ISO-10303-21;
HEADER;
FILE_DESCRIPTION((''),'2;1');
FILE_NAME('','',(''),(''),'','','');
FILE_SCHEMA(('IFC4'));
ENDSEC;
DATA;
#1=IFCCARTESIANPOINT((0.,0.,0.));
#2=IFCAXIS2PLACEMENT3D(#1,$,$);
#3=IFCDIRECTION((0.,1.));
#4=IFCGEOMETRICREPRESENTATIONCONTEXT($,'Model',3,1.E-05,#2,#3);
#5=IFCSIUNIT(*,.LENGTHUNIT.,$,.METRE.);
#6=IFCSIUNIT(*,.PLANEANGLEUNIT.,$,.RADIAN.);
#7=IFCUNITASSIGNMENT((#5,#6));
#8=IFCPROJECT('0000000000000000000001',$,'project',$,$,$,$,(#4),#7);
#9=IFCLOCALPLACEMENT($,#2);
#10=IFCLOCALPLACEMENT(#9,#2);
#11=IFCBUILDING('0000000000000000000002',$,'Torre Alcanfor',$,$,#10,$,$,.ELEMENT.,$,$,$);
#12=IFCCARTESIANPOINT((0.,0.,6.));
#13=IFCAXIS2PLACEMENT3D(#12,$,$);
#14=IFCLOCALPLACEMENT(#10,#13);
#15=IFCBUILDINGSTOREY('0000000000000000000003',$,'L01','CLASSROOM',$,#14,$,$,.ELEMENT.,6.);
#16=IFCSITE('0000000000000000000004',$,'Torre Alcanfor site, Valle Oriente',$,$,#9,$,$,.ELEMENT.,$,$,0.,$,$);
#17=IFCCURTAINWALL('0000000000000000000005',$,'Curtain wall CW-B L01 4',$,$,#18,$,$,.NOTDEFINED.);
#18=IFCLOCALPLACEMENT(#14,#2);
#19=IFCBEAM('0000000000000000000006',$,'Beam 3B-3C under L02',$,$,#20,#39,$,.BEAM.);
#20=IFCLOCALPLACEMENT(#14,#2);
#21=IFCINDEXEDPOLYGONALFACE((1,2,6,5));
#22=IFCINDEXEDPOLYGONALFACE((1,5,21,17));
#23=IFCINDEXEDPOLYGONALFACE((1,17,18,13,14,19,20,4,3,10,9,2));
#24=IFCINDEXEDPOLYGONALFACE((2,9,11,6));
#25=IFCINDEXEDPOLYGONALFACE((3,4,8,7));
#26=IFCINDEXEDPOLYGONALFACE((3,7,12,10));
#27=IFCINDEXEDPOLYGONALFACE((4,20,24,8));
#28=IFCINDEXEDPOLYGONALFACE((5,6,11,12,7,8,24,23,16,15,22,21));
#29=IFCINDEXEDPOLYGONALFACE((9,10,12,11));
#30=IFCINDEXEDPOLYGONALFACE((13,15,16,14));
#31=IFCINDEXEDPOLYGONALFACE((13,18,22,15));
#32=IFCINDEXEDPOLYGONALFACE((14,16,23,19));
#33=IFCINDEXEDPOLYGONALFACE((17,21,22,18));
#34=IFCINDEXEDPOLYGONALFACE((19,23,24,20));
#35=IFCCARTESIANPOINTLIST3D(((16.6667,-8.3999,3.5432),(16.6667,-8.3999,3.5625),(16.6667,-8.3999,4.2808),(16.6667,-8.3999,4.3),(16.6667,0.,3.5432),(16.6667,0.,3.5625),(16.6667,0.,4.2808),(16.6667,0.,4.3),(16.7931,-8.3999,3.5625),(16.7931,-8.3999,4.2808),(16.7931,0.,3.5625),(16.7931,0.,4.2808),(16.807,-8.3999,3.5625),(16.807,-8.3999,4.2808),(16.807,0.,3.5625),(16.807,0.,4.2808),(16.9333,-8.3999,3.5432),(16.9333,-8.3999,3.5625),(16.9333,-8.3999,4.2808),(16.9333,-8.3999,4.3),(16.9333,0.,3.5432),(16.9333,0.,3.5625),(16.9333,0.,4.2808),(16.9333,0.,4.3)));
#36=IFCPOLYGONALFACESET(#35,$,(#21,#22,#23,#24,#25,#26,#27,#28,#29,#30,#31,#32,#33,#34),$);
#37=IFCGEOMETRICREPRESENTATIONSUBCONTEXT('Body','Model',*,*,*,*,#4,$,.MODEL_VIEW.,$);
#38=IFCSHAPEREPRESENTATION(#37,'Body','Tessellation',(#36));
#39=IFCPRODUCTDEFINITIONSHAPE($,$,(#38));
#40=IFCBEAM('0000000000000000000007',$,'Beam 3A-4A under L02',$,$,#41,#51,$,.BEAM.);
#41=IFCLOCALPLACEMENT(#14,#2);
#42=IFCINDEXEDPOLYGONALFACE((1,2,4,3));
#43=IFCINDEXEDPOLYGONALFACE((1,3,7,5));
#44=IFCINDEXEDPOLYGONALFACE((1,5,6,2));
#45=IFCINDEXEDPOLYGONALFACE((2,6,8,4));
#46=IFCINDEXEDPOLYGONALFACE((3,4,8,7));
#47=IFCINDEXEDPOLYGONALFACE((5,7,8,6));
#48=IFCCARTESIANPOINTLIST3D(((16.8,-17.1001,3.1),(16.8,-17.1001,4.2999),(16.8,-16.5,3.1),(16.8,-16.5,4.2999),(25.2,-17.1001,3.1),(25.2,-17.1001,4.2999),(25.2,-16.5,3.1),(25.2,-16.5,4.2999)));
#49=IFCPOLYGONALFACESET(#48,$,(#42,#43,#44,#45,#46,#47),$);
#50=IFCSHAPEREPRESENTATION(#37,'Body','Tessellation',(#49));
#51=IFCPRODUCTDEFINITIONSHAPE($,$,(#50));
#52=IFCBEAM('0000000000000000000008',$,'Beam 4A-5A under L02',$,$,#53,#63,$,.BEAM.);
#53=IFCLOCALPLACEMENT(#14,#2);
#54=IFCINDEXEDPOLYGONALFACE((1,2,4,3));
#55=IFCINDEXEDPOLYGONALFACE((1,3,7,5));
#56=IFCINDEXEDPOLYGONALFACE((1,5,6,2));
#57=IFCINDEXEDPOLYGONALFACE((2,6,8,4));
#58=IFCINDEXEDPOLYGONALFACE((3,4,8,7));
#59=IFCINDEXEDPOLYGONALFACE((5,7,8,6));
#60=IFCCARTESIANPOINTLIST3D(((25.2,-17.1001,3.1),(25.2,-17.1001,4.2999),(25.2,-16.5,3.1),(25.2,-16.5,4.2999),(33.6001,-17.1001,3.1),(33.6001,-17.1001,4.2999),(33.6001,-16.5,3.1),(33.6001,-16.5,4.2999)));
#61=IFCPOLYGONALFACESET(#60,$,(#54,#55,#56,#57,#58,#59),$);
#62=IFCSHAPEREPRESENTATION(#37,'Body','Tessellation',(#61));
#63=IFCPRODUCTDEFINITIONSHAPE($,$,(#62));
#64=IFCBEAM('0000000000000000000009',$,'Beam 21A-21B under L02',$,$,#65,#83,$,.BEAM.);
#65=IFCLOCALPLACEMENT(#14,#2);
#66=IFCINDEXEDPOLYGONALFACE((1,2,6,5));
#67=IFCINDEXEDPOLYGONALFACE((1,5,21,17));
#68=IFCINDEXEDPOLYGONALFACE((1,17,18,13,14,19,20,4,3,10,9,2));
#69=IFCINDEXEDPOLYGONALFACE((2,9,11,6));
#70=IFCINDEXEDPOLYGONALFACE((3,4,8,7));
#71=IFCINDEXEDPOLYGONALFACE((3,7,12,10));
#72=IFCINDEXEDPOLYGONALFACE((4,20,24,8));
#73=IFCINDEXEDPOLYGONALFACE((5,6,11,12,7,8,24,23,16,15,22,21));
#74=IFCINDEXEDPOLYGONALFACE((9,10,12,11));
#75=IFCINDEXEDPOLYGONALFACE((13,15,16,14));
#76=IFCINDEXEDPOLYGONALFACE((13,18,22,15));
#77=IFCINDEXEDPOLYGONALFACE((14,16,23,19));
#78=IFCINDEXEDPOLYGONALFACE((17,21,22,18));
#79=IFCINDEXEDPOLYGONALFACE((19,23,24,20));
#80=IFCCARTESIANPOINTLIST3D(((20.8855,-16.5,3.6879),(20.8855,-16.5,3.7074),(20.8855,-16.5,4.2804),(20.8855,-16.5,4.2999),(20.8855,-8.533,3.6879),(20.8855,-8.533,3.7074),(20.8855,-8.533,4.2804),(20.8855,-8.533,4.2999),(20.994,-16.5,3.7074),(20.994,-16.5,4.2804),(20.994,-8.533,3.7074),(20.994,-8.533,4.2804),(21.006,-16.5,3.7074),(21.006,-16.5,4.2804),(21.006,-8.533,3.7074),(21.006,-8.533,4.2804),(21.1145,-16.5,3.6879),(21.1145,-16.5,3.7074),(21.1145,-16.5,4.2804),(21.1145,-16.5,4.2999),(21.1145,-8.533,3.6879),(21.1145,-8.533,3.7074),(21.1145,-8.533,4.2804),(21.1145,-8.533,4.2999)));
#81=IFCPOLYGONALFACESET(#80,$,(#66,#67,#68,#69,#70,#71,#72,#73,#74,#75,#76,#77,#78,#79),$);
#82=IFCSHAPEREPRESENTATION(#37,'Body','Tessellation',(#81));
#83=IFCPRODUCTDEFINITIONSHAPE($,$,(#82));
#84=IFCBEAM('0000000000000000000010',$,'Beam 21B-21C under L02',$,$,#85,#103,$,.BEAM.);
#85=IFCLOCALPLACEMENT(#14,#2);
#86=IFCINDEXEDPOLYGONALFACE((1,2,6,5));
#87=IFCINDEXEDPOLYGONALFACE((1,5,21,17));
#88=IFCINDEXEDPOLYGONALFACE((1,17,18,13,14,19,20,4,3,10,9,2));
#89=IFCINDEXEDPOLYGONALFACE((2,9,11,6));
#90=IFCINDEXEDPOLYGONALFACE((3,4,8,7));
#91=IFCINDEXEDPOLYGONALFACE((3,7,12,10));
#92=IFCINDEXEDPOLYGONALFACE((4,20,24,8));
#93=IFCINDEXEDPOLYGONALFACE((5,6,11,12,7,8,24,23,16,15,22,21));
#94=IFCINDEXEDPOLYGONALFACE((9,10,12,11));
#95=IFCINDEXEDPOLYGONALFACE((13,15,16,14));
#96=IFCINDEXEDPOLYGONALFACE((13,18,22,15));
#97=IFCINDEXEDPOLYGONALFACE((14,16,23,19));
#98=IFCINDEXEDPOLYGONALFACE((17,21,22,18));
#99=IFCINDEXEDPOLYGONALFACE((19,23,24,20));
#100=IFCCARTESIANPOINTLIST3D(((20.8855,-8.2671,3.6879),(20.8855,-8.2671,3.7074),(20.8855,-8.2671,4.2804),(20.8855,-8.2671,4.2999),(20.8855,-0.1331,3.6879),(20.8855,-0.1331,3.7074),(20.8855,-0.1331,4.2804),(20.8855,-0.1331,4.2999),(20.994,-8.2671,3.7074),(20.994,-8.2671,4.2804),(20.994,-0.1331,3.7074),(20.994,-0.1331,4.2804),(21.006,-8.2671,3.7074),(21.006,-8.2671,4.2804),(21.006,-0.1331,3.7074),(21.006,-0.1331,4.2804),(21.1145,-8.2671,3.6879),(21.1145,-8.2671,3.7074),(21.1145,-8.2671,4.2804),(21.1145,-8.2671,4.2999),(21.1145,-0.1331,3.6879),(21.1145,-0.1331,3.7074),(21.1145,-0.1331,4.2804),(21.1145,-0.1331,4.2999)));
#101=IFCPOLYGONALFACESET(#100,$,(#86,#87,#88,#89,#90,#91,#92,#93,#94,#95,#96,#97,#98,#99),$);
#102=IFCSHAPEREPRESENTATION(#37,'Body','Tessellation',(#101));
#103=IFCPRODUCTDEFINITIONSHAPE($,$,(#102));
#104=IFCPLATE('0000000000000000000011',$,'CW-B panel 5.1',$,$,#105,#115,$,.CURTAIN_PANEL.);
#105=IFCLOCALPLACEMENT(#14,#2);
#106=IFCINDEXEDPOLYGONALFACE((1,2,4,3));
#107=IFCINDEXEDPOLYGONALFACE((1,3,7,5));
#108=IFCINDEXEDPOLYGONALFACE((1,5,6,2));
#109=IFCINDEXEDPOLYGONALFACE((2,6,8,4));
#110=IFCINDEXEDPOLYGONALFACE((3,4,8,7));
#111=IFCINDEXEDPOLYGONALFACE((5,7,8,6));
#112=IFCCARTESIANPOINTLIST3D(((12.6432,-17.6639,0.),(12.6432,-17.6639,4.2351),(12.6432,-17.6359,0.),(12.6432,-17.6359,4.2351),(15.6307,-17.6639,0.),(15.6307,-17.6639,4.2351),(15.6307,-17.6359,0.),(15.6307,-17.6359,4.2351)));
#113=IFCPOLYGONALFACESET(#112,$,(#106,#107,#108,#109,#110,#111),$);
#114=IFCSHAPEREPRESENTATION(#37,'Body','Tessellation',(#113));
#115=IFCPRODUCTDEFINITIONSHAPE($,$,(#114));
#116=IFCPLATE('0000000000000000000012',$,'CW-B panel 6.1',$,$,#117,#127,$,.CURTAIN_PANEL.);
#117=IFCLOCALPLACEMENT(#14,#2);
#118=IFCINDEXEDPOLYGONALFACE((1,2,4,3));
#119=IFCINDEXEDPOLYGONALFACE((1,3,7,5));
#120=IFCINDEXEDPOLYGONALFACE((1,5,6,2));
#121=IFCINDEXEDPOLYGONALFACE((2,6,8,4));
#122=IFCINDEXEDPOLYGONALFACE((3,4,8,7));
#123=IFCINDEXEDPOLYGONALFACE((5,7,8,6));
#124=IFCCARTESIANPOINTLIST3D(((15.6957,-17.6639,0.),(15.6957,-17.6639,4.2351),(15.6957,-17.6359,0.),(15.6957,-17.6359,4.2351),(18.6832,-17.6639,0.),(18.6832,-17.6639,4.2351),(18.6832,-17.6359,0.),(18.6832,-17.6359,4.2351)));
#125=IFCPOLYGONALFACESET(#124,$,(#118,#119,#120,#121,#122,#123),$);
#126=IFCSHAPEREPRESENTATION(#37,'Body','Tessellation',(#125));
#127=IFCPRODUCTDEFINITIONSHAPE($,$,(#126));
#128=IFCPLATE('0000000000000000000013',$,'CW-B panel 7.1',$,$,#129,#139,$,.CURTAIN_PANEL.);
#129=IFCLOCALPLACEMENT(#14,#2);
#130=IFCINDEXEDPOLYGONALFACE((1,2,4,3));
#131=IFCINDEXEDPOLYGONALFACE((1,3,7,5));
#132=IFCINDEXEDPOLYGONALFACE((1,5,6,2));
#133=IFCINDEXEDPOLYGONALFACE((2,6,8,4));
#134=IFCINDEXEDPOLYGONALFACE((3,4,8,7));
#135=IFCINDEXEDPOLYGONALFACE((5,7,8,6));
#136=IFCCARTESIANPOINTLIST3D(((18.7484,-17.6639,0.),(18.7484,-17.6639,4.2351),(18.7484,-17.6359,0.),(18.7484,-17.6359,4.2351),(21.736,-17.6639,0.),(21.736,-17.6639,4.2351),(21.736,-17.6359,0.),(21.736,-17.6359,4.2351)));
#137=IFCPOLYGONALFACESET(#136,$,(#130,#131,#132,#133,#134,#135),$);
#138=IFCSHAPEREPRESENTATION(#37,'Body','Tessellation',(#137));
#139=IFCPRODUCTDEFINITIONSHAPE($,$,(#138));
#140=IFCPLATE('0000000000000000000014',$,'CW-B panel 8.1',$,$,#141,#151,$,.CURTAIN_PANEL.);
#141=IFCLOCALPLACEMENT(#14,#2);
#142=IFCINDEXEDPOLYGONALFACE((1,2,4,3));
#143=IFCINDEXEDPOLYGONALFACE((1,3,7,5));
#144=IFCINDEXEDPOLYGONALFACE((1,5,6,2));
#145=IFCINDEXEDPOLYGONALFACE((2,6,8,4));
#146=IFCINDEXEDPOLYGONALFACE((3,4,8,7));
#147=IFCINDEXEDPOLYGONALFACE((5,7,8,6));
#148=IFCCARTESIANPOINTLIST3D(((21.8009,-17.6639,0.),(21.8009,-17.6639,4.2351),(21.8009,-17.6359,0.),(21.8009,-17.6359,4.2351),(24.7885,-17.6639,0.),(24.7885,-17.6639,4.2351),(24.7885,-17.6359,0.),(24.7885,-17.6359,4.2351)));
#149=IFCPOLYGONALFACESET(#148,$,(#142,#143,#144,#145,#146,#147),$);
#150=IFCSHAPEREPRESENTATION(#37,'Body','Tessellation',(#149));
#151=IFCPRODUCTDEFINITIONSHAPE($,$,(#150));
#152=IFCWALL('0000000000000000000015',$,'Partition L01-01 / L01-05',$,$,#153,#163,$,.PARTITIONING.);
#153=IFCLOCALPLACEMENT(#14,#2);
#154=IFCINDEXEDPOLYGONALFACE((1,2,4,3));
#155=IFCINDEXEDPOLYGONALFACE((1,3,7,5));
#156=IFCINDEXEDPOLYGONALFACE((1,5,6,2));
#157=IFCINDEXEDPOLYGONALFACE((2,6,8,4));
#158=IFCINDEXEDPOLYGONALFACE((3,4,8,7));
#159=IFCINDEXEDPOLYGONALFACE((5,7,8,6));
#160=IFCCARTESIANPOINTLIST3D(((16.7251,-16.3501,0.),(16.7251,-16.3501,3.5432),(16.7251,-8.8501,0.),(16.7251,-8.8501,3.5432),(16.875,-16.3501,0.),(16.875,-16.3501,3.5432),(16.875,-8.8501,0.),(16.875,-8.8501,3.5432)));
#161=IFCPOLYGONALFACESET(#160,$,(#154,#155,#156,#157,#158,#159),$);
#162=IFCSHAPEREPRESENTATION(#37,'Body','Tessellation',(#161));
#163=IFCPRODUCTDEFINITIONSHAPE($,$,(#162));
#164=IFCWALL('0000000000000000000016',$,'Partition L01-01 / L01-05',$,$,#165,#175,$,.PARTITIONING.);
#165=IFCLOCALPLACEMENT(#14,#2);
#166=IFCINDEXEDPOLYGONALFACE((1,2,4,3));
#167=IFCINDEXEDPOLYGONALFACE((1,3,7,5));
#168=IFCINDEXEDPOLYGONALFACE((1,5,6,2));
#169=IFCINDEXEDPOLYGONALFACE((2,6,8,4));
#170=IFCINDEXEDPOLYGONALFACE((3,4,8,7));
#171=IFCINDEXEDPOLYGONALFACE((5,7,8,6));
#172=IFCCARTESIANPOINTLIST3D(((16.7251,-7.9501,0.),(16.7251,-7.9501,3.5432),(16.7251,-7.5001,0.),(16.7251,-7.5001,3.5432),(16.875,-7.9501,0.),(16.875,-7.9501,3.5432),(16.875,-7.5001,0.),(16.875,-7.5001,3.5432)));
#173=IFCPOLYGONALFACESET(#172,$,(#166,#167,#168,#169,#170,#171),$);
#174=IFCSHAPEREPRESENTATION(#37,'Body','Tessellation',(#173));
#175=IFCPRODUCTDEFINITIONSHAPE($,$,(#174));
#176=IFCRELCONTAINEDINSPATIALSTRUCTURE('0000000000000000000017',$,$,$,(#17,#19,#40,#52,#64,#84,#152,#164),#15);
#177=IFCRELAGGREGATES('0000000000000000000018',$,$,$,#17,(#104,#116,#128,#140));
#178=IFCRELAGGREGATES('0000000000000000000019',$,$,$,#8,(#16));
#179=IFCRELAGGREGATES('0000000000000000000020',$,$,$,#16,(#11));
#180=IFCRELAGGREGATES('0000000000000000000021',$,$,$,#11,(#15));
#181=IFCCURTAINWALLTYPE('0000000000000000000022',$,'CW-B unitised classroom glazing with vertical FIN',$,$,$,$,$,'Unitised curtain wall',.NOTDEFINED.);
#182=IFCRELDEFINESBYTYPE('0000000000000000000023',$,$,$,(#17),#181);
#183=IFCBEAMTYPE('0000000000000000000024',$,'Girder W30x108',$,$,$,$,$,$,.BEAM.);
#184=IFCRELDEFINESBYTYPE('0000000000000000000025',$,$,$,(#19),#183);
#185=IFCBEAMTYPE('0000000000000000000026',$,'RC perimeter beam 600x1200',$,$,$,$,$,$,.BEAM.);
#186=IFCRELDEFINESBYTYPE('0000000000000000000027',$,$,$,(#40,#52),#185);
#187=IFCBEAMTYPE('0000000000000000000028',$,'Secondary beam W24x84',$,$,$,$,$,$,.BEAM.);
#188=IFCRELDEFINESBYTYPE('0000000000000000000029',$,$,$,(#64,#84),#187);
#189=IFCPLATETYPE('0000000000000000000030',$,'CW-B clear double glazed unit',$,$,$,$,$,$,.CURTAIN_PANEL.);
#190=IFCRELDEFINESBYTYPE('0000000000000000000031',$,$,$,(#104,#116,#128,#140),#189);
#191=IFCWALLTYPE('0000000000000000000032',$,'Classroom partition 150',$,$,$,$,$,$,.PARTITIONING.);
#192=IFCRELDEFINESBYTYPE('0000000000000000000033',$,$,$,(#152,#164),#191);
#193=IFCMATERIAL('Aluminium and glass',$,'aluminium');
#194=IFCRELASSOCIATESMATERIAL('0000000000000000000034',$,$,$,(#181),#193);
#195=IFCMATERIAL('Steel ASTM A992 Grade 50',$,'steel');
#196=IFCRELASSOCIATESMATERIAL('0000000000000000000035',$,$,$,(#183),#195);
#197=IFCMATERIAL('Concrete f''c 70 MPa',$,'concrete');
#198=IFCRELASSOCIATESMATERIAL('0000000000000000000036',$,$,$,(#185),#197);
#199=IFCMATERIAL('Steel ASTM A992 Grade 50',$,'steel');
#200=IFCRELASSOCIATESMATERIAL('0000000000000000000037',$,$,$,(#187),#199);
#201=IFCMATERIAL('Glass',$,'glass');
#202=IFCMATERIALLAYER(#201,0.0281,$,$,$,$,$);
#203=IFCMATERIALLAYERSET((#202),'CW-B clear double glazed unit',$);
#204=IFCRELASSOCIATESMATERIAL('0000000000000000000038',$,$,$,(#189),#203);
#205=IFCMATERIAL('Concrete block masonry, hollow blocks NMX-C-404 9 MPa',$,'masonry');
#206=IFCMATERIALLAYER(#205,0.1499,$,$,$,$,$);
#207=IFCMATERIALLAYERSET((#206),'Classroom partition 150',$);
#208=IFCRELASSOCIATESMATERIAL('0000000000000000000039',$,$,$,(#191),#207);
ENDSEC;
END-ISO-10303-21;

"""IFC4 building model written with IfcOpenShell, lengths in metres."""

from ifc_helpers import new_model, si_unit, direction, frame, frame_2d, origin, origin_2d, place, context, subcontext, project, spatial, rectangle, i_section, extrude, material, layer, layer_set, material_profile, profile_set, type_object, element, aggregate, save


model = new_model("IFC4")

# Units and contexts
model_context = context("Model", 3, precision=1e-05, world=origin(), true_north=direction((0.0, 1.0)))
body_context = subcontext(model_context, "Body", "Model", "MODEL_VIEW")
ifc_project = project(units=[si_unit("LENGTHUNIT", "METRE"), si_unit("PLANEANGLEUNIT", "RADIAN")], contexts=[model_context])

# Site, building, storey
site_placement = place(None, origin())
site = spatial("IfcSite", under=ifc_project, at=site_placement, Name="Torre Alcanfor site, Valle Oriente", CompositionType="ELEMENT", RefElevation=0.0)
building_placement = place(site_placement, origin())
building = spatial("IfcBuilding", under=site, at=building_placement, Name="Torre Alcanfor", CompositionType="ELEMENT")
storey_placement = place(building_placement, frame((0.0, 0.0, 6.0)))
storey = spatial("IfcBuildingStorey", under=building, at=storey_placement, Name="L01", Description="CLASSROOM", CompositionType="ELEMENT", Elevation=6.0)

# Curtain wall
ifc_material_1 = material(Name="Aluminium and glass", Category="aluminium")
curtain_wall_type = type_object("IfcCurtainWallType", Name="CW-B unitised classroom glazing with vertical FIN", ElementType="Unitised curtain wall", PredefinedType="NOTDEFINED", material=ifc_material_1)
curtain_wall_placement = place(storey_placement, origin())
curtain_wall = element("IfcCurtainWall", 1, at=curtain_wall_placement, inside=storey, type_object=curtain_wall_type, Name="Curtain wall CW-B L01 4", PredefinedType="NOTDEFINED")

# Beams
ifc_material_2 = material(Name="Steel ASTM A992 Grade 50", Category="steel")
ifc_material_profile_1 = material_profile(ifc_material_2, i_section(OverallWidth=0.2666, OverallDepth=0.7568, WebThickness=0.0139, FlangeThickness=0.0193, at=origin_2d()), Name="W30x108")
ifc_profile_set_1 = profile_set([ifc_material_profile_1], Name="Steel ASTM A992 Grade 50")
beam_type_1 = type_object("IfcBeamType", Name="Girder W30x108", PredefinedType="BEAM", material=ifc_profile_set_1)
beam_1_placement = place(storey_placement, frame((16.8, -8.3999, 3.9216), z_axis=(0.0, 1.0, 0.0), x_axis=(-1.0, 0.0, 0.0)))
element("IfcBeam", 2, at=beam_1_placement, inside=storey, type_object=beam_type_1, Name="Beam 3B-3C under L02", PredefinedType="BEAM", context=body_context, shape_type="SweptSolid", body=[
    extrude(i_section(OverallWidth=0.2666, OverallDepth=0.7568, WebThickness=0.0139, FlangeThickness=0.0193, at=origin_2d()), origin(), (0.0, 0.0, 1.0), 8.3999),
])
ifc_material_3 = material(Name="Concrete f'c 70 MPa", Category="concrete")
ifc_material_profile_2 = material_profile(ifc_material_3, rectangle(XDim=0.6001, YDim=1.2, at=origin_2d()), Name="600x1200")
ifc_profile_set_2 = profile_set([ifc_material_profile_2], Name="Concrete f'c 70 MPa")
beam_type_2 = type_object("IfcBeamType", Name="RC perimeter beam 600x1200", PredefinedType="BEAM", material=ifc_profile_set_2)
beam_2_placement = place(storey_placement, frame((16.8, -16.8, 3.7), z_axis=(1.0, 0.0, 0.0), x_axis=(0.0, 1.0, 0.0)))
element("IfcBeam", 3, at=beam_2_placement, inside=storey, type_object=beam_type_2, Name="Beam 3A-4A under L02", PredefinedType="BEAM", context=body_context, shape_type="SweptSolid", body=[
    extrude(rectangle(XDim=0.6001, YDim=1.2, at=origin_2d()), origin(), (0.0, 0.0, 1.0), 8.3999),
])
beam_3_placement = place(storey_placement, frame((25.2, -16.8, 3.7), z_axis=(1.0, 0.0, 0.0), x_axis=(0.0, 1.0, 0.0)))
element("IfcBeam", 4, at=beam_3_placement, inside=storey, type_object=beam_type_2, Name="Beam 4A-5A under L02", PredefinedType="BEAM", context=body_context, shape_type="SweptSolid", body=[
    extrude(rectangle(XDim=0.6001, YDim=1.2, at=origin_2d()), origin(), (0.0, 0.0, 1.0), 8.4001),
])
ifc_material_4 = material(Name="Steel ASTM A992 Grade 50", Category="steel")
ifc_material_profile_3 = material_profile(ifc_material_4, i_section(OverallWidth=0.229, OverallDepth=0.6121, WebThickness=0.012, FlangeThickness=0.0195, at=origin_2d()), Name="W24x84")
ifc_profile_set_3 = profile_set([ifc_material_profile_3], Name="Steel ASTM A992 Grade 50")
beam_type_3 = type_object("IfcBeamType", Name="Secondary beam W24x84", PredefinedType="BEAM", material=ifc_profile_set_3)
beam_4_placement = place(storey_placement, frame((21.0, -16.5, 3.9939), z_axis=(0.0, 1.0, 0.0), x_axis=(-1.0, 0.0, 0.0)))
element("IfcBeam", 5, at=beam_4_placement, inside=storey, type_object=beam_type_3, Name="Beam 21A-21B under L02", PredefinedType="BEAM", context=body_context, shape_type="SweptSolid", body=[
    extrude(i_section(OverallWidth=0.229, OverallDepth=0.6121, WebThickness=0.012, FlangeThickness=0.0195, at=origin_2d()), origin(), (0.0, 0.0, 1.0), 7.967),
])
beam_5_placement = place(storey_placement, frame((21.0, -8.2671, 3.9939), z_axis=(0.0, 1.0, 0.0), x_axis=(-1.0, 0.0, 0.0)))
element("IfcBeam", 6, at=beam_5_placement, inside=storey, type_object=beam_type_3, Name="Beam 21B-21C under L02", PredefinedType="BEAM", context=body_context, shape_type="SweptSolid", body=[
    extrude(i_section(OverallWidth=0.229, OverallDepth=0.6121, WebThickness=0.012, FlangeThickness=0.0195, at=origin_2d()), origin(), (0.0, 0.0, 1.0), 8.134),
])

# Plates
ifc_material_5 = material(Name="Glass", Category="glass")
ifc_layer_1 = layer(ifc_material_5, 0.0281)
ifc_layer_set_1 = layer_set([ifc_layer_1], Name="CW-B clear double glazed unit")
plate_type = type_object("IfcPlateType", Name="CW-B clear double glazed unit", PredefinedType="CURTAIN_PANEL", material=ifc_layer_set_1)
plate_1_placement = place(storey_placement, frame((14.137, -17.6499, 0.0), z_axis=(0.0, 0.0, 1.0), x_axis=(1.0, 0.0, 0.0)))
plate_1 = element("IfcPlate", 7, at=plate_1_placement, type_object=plate_type, Name="CW-B panel 5.1", PredefinedType="CURTAIN_PANEL", context=body_context, shape_type="SweptSolid", body=[
    extrude(rectangle(XDim=2.9875, YDim=0.0281, at=origin_2d()), origin(), (0.0, 0.0, 1.0), 4.2351),
])
plate_2_placement = place(storey_placement, frame((17.1895, -17.6499, 0.0), z_axis=(0.0, 0.0, 1.0), x_axis=(1.0, 0.0, 0.0)))
plate_2 = element("IfcPlate", 8, at=plate_2_placement, type_object=plate_type, Name="CW-B panel 6.1", PredefinedType="CURTAIN_PANEL", context=body_context, shape_type="SweptSolid", body=[
    extrude(rectangle(XDim=2.9875, YDim=0.0281, at=origin_2d()), origin(), (0.0, 0.0, 1.0), 4.2351),
])
plate_3_placement = place(storey_placement, frame((20.2422, -17.6499, 0.0), z_axis=(0.0, 0.0, 1.0), x_axis=(1.0, 0.0, 0.0)))
plate_3 = element("IfcPlate", 9, at=plate_3_placement, type_object=plate_type, Name="CW-B panel 7.1", PredefinedType="CURTAIN_PANEL", context=body_context, shape_type="SweptSolid", body=[
    extrude(rectangle(XDim=2.9875, YDim=0.0281, at=origin_2d()), origin(), (0.0, 0.0, 1.0), 4.2351),
])
plate_4_placement = place(storey_placement, frame((23.2947, -17.6499, 0.0), z_axis=(0.0, 0.0, 1.0), x_axis=(1.0, 0.0, 0.0)))
plate_4 = element("IfcPlate", 10, at=plate_4_placement, type_object=plate_type, Name="CW-B panel 8.1", PredefinedType="CURTAIN_PANEL", context=body_context, shape_type="SweptSolid", body=[
    extrude(rectangle(XDim=2.9875, YDim=0.0281, at=origin_2d()), origin(), (0.0, 0.0, 1.0), 4.2351),
])
aggregate(curtain_wall, [plate_1, plate_2, plate_3, plate_4])

# Walls
ifc_material_6 = material(Name="Concrete block masonry, hollow blocks NMX-C-404 9 MPa", Category="masonry")
ifc_layer_2 = layer(ifc_material_6, 0.1499)
ifc_layer_set_2 = layer_set([ifc_layer_2], Name="Classroom partition 150")
wall_type_1 = type_object("IfcWallType", Name="Classroom partition 150", PredefinedType="PARTITIONING", material=ifc_layer_set_2)
wall_1_placement = place(storey_placement, frame((16.8, -8.8501, 0.0), z_axis=(0.0, 0.0, 1.0), x_axis=(0.0, -1.0, 0.0)))
element("IfcWall", 11, at=wall_1_placement, inside=storey, type_object=wall_type_1, Name="Partition L01-01 / L01-05", PredefinedType="PARTITIONING", context=body_context, shape_type="SweptSolid", body=[
    extrude(rectangle(XDim=7.5, YDim=0.1499, at=frame_2d((3.75, 0.0))), origin(), (0.0, 0.0, 1.0), 3.5432),
])
wall_2_placement = place(storey_placement, frame((16.8, -7.5, 0.0), z_axis=(0.0, 0.0, 1.0), x_axis=(0.0, -1.0, 0.0)))
element("IfcWall", 12, at=wall_2_placement, inside=storey, type_object=wall_type_1, Name="Partition L01-01 / L01-05", PredefinedType="PARTITIONING", context=body_context, shape_type="SweptSolid", body=[
    extrude(rectangle(XDim=0.45, YDim=0.1499, at=frame_2d((0.2251, 0.0))), origin(), (0.0, 0.0, 1.0), 3.5432),
])

save(model, "model.ifc")
